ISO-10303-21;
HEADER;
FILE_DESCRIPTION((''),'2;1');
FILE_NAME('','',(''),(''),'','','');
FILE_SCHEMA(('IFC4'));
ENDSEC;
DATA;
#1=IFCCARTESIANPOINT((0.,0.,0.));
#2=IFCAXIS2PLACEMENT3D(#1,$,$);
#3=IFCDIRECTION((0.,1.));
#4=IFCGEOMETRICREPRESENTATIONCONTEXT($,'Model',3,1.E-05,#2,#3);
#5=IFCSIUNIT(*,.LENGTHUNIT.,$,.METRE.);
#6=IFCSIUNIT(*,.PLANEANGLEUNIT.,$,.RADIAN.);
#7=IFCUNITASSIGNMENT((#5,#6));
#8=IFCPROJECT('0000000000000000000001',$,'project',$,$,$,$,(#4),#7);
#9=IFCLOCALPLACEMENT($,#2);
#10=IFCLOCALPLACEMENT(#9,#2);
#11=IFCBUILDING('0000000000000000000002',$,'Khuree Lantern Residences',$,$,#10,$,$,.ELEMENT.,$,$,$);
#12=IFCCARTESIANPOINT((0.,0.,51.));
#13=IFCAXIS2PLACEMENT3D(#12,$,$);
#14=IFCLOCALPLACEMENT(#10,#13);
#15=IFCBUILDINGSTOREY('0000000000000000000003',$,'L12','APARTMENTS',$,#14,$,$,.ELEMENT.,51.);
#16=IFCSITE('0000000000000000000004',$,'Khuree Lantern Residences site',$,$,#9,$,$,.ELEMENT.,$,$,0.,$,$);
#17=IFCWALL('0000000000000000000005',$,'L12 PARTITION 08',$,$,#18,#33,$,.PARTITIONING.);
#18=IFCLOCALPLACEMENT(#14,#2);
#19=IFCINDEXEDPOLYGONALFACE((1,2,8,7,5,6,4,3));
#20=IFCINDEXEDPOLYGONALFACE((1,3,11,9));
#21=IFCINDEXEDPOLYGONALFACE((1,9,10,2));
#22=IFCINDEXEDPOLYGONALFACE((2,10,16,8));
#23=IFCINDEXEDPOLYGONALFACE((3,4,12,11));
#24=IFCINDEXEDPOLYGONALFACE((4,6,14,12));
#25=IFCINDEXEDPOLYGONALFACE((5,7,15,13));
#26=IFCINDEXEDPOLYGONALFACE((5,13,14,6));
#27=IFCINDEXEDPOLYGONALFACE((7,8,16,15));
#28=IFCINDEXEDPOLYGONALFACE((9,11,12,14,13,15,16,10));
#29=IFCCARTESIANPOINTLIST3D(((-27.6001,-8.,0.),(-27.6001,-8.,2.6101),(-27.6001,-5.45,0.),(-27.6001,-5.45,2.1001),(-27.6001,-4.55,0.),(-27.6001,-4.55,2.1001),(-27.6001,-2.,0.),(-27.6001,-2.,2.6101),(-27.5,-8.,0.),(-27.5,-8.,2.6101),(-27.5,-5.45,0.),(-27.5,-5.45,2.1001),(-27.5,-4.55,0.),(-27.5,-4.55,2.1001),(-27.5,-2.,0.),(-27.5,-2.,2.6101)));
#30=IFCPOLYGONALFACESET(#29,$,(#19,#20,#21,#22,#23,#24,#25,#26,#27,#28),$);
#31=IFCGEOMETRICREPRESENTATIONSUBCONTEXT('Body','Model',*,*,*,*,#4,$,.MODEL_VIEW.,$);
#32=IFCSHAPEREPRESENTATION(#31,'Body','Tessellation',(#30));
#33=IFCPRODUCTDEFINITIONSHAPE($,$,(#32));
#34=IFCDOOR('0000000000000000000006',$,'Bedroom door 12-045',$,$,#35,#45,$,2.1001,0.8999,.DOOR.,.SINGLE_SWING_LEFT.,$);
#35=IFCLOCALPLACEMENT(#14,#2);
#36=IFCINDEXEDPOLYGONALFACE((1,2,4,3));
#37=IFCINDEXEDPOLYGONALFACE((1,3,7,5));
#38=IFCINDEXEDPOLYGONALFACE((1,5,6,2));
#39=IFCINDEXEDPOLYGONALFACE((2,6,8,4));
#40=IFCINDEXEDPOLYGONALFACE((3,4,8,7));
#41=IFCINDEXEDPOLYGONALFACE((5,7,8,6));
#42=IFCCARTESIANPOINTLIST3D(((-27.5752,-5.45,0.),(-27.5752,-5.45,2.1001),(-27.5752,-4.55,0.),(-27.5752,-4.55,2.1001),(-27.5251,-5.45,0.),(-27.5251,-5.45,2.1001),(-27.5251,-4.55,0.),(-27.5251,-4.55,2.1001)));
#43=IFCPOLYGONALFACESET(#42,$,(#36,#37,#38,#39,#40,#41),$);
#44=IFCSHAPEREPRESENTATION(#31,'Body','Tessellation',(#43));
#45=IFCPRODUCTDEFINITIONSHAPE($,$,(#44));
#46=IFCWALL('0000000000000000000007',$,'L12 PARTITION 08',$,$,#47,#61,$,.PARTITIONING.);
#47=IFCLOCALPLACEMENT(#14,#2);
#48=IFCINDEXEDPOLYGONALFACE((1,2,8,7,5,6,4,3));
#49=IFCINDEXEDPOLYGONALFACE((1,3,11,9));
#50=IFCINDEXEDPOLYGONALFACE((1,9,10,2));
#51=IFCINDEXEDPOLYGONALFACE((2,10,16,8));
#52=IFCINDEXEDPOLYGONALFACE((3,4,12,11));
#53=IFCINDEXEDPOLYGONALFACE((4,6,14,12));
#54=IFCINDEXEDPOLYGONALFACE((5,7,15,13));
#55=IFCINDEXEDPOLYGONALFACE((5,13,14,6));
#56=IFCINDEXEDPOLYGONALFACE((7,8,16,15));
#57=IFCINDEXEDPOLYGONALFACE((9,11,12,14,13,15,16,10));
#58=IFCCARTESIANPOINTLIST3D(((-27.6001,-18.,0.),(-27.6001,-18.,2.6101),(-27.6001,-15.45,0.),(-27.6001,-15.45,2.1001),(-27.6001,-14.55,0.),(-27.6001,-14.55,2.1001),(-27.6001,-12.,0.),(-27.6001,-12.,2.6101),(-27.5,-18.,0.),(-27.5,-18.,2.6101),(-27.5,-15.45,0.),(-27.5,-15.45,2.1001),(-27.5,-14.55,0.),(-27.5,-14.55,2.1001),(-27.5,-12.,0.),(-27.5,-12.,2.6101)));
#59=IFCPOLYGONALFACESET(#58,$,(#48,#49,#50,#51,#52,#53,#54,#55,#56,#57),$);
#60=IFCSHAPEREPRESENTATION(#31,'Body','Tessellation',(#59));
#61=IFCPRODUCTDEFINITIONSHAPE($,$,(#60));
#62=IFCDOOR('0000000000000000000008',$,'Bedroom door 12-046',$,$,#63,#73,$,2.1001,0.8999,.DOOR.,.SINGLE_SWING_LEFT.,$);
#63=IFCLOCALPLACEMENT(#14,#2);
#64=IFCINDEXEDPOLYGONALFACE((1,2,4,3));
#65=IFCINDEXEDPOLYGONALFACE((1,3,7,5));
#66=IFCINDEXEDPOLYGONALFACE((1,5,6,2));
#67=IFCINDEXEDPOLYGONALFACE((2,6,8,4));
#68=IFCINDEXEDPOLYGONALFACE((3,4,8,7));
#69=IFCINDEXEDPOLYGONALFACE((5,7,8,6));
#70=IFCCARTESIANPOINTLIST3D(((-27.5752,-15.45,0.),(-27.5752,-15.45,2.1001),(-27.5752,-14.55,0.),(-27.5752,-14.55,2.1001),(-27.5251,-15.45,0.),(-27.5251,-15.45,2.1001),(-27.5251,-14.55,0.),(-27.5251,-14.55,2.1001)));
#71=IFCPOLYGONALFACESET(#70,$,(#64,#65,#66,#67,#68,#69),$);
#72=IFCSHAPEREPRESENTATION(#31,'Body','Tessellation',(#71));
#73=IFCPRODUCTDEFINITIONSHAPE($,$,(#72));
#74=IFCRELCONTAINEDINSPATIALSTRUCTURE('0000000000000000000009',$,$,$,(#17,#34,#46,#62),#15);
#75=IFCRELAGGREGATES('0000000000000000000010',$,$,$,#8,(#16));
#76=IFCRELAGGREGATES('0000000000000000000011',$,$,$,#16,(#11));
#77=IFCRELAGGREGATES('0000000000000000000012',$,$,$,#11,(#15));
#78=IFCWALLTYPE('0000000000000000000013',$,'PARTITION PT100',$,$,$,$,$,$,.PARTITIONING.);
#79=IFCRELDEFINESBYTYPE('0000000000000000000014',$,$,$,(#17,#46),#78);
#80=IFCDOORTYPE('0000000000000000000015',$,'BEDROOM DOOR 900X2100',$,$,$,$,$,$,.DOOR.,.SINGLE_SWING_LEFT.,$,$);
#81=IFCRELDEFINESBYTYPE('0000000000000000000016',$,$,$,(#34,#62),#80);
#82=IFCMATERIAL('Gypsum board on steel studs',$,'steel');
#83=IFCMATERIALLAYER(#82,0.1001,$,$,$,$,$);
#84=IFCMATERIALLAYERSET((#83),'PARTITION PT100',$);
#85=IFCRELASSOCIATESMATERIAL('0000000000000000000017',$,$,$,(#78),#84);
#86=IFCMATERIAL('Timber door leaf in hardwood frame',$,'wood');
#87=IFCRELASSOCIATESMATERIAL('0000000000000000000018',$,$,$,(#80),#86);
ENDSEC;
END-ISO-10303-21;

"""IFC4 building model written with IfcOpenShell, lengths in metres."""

from ifc_helpers import new_model, si_unit, direction, frame, frame_2d, origin, place, context, subcontext, project, spatial, rectangle, extrude, material, layer, layer_set, type_object, element, fill, save


model = new_model("IFC4")

# Units and contexts
model_context = context("Model", 3, precision=1e-05, world=origin(), true_north=direction((0.0, 1.0)))
body_context = subcontext(model_context, "Body", "Model", "MODEL_VIEW")
ifc_project = project(units=[si_unit("LENGTHUNIT", "METRE"), si_unit("PLANEANGLEUNIT", "RADIAN")], contexts=[model_context])

# Site, building, storey
site_placement = place(None, origin())
site = spatial("IfcSite", under=ifc_project, at=site_placement, Name="Khuree Lantern Residences site", CompositionType="ELEMENT", RefElevation=0.0)
building_placement = place(site_placement, origin())
building = spatial("IfcBuilding", under=site, at=building_placement, Name="Khuree Lantern Residences", CompositionType="ELEMENT")
storey_placement = place(building_placement, frame((0.0, 0.0, 51.0)))
storey = spatial("IfcBuildingStorey", under=building, at=storey_placement, Name="L12", Description="APARTMENTS", CompositionType="ELEMENT", Elevation=51.0)

# Shared definitions
ifc_material_1 = material(Name="Timber door leaf in hardwood frame", Category="wood")

# Shared definitions
ifc_material_2 = material(Name="Gypsum board on steel studs", Category="steel")
ifc_layer_1 = layer(ifc_material_2, 0.1001)
ifc_layer_set_1 = layer_set([ifc_layer_1], Name="PARTITION PT100")
wall_type_1 = type_object("IfcWallType", Name="PARTITION PT100", PredefinedType="PARTITIONING", material=ifc_layer_set_1)

# Walls, openings, doors
wall_1_placement = place(storey_placement, frame((-27.55, -2.0, 0.0), z_axis=(0.0, 0.0, 1.0), x_axis=(0.0, -1.0, 0.0)))
wall_1 = element("IfcWall", 1, at=wall_1_placement, inside=storey, type_object=wall_type_1, Name="L12 PARTITION 08", PredefinedType="PARTITIONING", context=body_context, shape_type="SweptSolid", body=[
    extrude(rectangle(XDim=6.0, YDim=0.1001, at=frame_2d((3.0, 0.0))), origin(), (0.0, 0.0, 1.0), 2.6101),
])
opening_1_placement = place(wall_1_placement, frame((2.55, 0.0, 0.0)))
opening_1 = element("IfcOpeningElement", 2, at=opening_1_placement, cuts=wall_1, PredefinedType="OPENING", context=body_context, shape_type="SweptSolid", body=[
    extrude(rectangle(XDim=0.8999, YDim=2.1001, at=frame_2d((0.45, 1.05))), frame((0.0, 0.0601, 0.0), z_axis=(0.0, -1.0, 0.0), x_axis=(1.0, 0.0, 0.0)), (0.0, 0.0, 1.0), 0.1201),
])
door_type_1 = type_object("IfcDoorType", Name="BEDROOM DOOR 900X2100", OperationType="SINGLE_SWING_LEFT", PredefinedType="DOOR", material=ifc_material_1)
door_1_placement = place(opening_1_placement, origin())
door_1 = element("IfcDoor", 3, at=door_1_placement, inside=storey, type_object=door_type_1, Name="Bedroom door 12-045", OperationType="SINGLE_SWING_LEFT", OverallHeight=2.1001, OverallWidth=0.8999, PredefinedType="DOOR", context=body_context, shape_type="SweptSolid", body=[
    extrude(rectangle(XDim=0.8999, YDim=2.1001, at=frame_2d((0.45, 1.05))), frame((0.0, 0.0249, 0.0), z_axis=(0.0, -1.0, 0.0), x_axis=(1.0, 0.0, 0.0)), (0.0, 0.0, 1.0), 0.05),
])
fill(opening_1, door_1)
wall_2_placement = place(storey_placement, frame((-27.55, -12.0, 0.0), z_axis=(0.0, 0.0, 1.0), x_axis=(0.0, -1.0, 0.0)))
wall_2 = element("IfcWall", 4, at=wall_2_placement, inside=storey, type_object=wall_type_1, Name="L12 PARTITION 08", PredefinedType="PARTITIONING", context=body_context, shape_type="SweptSolid", body=[
    extrude(rectangle(XDim=6.0, YDim=0.1001, at=frame_2d((3.0, 0.0))), origin(), (0.0, 0.0, 1.0), 2.6101),
])
opening_2_placement = place(wall_2_placement, frame((2.55, 0.0, 0.0)))
opening_2 = element("IfcOpeningElement", 5, at=opening_2_placement, cuts=wall_2, PredefinedType="OPENING", context=body_context, shape_type="SweptSolid", body=[
    extrude(rectangle(XDim=0.8999, YDim=2.1001, at=frame_2d((0.45, 1.05))), frame((0.0, 0.0601, 0.0), z_axis=(0.0, -1.0, 0.0), x_axis=(1.0, 0.0, 0.0)), (0.0, 0.0, 1.0), 0.1201),
])
door_2_placement = place(opening_2_placement, origin())
door_2 = element("IfcDoor", 6, at=door_2_placement, inside=storey, type_object=door_type_1, Name="Bedroom door 12-046", OperationType="SINGLE_SWING_LEFT", OverallHeight=2.1001, OverallWidth=0.8999, PredefinedType="DOOR", context=body_context, shape_type="SweptSolid", body=[
    extrude(rectangle(XDim=0.8999, YDim=2.1001, at=frame_2d((0.45, 1.05))), frame((0.0, 0.0249, 0.0), z_axis=(0.0, -1.0, 0.0), x_axis=(1.0, 0.0, 0.0)), (0.0, 0.0, 1.0), 0.05),
])
fill(opening_2, door_2)

save(model, "model.ifc")
